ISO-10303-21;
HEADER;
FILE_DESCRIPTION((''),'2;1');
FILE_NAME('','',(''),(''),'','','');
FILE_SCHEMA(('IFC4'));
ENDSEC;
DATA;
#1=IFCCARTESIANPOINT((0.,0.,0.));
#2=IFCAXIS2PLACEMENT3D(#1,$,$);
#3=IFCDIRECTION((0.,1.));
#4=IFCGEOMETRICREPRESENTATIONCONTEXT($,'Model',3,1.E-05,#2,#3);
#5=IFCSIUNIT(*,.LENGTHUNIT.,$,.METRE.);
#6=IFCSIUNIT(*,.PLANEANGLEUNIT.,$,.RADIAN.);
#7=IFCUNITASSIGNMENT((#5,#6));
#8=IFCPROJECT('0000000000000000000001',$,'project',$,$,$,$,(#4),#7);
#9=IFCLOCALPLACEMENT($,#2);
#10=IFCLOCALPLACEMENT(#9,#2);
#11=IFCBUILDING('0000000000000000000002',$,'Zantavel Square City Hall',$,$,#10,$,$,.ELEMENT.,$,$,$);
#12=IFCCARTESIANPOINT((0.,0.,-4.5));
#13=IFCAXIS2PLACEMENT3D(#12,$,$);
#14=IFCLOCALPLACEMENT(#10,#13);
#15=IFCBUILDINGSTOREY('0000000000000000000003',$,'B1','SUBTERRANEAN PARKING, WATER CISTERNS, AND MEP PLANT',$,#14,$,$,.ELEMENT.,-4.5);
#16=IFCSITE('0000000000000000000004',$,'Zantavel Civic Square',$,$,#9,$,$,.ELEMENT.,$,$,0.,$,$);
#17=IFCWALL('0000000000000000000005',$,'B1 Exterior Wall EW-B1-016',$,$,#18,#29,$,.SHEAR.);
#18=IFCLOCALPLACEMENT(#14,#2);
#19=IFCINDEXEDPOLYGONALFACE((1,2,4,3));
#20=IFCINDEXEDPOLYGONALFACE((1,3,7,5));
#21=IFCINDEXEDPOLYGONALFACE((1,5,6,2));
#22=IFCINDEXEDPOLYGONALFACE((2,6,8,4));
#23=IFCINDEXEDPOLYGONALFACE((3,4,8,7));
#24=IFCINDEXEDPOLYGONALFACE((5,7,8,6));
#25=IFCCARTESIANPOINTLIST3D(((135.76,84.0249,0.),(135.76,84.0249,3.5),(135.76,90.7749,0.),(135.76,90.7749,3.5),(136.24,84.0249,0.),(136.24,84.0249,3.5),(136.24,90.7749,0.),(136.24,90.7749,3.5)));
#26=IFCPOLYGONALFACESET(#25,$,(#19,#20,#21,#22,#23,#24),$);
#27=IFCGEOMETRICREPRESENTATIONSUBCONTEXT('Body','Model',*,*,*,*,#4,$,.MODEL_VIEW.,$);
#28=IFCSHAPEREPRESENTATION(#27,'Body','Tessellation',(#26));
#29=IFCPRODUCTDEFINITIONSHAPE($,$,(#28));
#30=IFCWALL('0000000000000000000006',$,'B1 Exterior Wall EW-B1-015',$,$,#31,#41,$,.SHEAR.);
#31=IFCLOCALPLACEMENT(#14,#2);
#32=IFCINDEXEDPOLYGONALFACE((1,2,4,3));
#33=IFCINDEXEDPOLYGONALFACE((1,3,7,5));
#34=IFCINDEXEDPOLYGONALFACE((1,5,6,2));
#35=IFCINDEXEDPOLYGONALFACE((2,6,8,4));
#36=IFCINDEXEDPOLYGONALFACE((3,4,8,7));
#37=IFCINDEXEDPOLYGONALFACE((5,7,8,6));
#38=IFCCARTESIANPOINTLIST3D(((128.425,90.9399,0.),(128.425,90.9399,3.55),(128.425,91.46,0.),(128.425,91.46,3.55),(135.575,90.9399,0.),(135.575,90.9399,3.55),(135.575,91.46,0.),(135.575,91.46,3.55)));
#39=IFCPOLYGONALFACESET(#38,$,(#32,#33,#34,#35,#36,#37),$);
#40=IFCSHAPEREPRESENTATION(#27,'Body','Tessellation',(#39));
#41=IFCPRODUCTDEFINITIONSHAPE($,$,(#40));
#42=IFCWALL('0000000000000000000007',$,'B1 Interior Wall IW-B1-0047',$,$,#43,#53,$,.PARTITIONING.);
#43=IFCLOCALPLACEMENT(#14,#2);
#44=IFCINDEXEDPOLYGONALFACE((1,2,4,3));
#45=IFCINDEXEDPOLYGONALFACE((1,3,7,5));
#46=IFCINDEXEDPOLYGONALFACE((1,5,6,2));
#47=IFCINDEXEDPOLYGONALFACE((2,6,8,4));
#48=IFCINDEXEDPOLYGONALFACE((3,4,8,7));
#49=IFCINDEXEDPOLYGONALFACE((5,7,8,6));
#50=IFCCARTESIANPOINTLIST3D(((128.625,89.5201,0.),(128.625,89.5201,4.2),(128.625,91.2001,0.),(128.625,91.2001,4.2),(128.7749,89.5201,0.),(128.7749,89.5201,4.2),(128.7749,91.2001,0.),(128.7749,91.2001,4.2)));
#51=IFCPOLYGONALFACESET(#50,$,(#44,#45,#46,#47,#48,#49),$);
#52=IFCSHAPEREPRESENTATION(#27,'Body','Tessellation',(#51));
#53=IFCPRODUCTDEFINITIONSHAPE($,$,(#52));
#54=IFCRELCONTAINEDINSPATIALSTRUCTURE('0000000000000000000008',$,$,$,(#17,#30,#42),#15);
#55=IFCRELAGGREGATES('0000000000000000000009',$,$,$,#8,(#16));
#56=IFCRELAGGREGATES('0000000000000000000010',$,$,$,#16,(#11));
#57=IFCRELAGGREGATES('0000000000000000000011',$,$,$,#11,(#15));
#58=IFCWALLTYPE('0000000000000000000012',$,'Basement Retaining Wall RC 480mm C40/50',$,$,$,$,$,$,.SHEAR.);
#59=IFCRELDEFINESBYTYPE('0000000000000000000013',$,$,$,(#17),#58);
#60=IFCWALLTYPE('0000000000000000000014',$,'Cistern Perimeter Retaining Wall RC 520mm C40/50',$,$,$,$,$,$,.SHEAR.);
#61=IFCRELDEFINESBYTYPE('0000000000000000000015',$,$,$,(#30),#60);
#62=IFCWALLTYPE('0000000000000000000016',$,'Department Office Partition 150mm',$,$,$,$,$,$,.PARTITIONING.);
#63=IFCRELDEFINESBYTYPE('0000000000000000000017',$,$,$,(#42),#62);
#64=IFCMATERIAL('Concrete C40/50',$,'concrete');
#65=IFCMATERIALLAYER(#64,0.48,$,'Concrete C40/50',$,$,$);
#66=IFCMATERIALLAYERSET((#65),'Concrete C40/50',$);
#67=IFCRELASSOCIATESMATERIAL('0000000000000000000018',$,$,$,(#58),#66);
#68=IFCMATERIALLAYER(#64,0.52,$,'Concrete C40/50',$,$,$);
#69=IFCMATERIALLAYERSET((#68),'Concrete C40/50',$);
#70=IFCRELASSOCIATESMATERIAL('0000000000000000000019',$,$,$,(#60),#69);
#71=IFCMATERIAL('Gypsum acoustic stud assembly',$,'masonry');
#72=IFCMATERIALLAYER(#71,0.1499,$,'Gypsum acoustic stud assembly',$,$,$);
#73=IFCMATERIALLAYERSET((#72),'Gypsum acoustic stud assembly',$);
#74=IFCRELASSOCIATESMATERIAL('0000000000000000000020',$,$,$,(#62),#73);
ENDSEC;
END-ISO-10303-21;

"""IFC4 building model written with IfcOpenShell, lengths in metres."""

from ifc_helpers import new_model, si_unit, direction, frame, frame_2d, origin, place, context, subcontext, project, spatial, rectangle, extrude, material, layer, layer_set, type_object, element, save


model = new_model("IFC4")

# Units and contexts
model_context = context("Model", 3, precision=1e-05, world=origin(), true_north=direction((0.0, 1.0)))
body_context = subcontext(model_context, "Body", "Model", "MODEL_VIEW")
ifc_project = project(units=[si_unit("LENGTHUNIT", "METRE"), si_unit("PLANEANGLEUNIT", "RADIAN")], contexts=[model_context])

# Site, building, storey
site_placement = place(None, origin())
site = spatial("IfcSite", under=ifc_project, at=site_placement, Name="Zantavel Civic Square", CompositionType="ELEMENT", RefElevation=0.0)
building_placement = place(site_placement, origin())
building = spatial("IfcBuilding", under=site, at=building_placement, Name="Zantavel Square City Hall", CompositionType="ELEMENT")
storey_placement = place(building_placement, frame((0.0, 0.0, -4.5)))
storey = spatial("IfcBuildingStorey", under=building, at=storey_placement, Name="B1", Description="SUBTERRANEAN PARKING, WATER CISTERNS, AND MEP PLANT", CompositionType="ELEMENT", Elevation=-4.5)

# Shared definitions
ifc_material_1 = material(Name="Concrete C40/50", Category="concrete")

# Walls
ifc_layer_1 = layer(ifc_material_1, 0.48, Name="Concrete C40/50")
ifc_layer_set_1 = layer_set([ifc_layer_1], Name="Concrete C40/50")
wall_type_1 = type_object("IfcWallType", Name="Basement Retaining Wall RC 480mm C40/50", PredefinedType="SHEAR", material=ifc_layer_set_1)
wall_1_placement = place(storey_placement, frame((136.0, 90.7749, 0.0), z_axis=(0.0, 0.0, 1.0), x_axis=(0.0, -1.0, 0.0)))
element("IfcWall", 1, at=wall_1_placement, inside=storey, type_object=wall_type_1, Name="B1 Exterior Wall EW-B1-016", PredefinedType="SHEAR", context=body_context, shape_type="SweptSolid", body=[
    extrude(rectangle(XDim=6.75, YDim=0.48, at=frame_2d((3.375, 0.0))), origin(), (0.0, 0.0, 1.0), 3.5),
])
ifc_layer_2 = layer(ifc_material_1, 0.52, Name="Concrete C40/50")
ifc_layer_set_2 = layer_set([ifc_layer_2], Name="Concrete C40/50")
wall_type_2 = type_object("IfcWallType", Name="Cistern Perimeter Retaining Wall RC 520mm C40/50", PredefinedType="SHEAR", material=ifc_layer_set_2)
wall_2_placement = place(storey_placement, frame((128.425, 91.2, 0.0), z_axis=(0.0, 0.0, 1.0), x_axis=(1.0, 0.0, 0.0)))
element("IfcWall", 2, at=wall_2_placement, inside=storey, type_object=wall_type_2, Name="B1 Exterior Wall EW-B1-015", PredefinedType="SHEAR", context=body_context, shape_type="SweptSolid", body=[
    extrude(rectangle(XDim=7.1499, YDim=0.52, at=frame_2d((3.575, 0.0))), origin(), (0.0, 0.0, 1.0), 3.55),
])
ifc_material_2 = material(Name="Gypsum acoustic stud assembly", Category="masonry")
ifc_layer_3 = layer(ifc_material_2, 0.1499, Name="Gypsum acoustic stud assembly")
ifc_layer_set_3 = layer_set([ifc_layer_3], Name="Gypsum acoustic stud assembly")
wall_type_3 = type_object("IfcWallType", Name="Department Office Partition 150mm", PredefinedType="PARTITIONING", material=ifc_layer_set_3)
wall_3_placement = place(storey_placement, frame((128.7, 91.2, 0.0), z_axis=(0.0, 0.0, 1.0), x_axis=(0.0, -1.0, 0.0)))
element("IfcWall", 3, at=wall_3_placement, inside=storey, type_object=wall_type_3, Name="B1 Interior Wall IW-B1-0047", PredefinedType="PARTITIONING", context=body_context, shape_type="SweptSolid", body=[
    extrude(rectangle(XDim=1.6799, YDim=0.1499, at=frame_2d((0.8398, 0.0))), origin(), (0.0, 0.0, 1.0), 4.2),
])

save(model, "model.ifc")
